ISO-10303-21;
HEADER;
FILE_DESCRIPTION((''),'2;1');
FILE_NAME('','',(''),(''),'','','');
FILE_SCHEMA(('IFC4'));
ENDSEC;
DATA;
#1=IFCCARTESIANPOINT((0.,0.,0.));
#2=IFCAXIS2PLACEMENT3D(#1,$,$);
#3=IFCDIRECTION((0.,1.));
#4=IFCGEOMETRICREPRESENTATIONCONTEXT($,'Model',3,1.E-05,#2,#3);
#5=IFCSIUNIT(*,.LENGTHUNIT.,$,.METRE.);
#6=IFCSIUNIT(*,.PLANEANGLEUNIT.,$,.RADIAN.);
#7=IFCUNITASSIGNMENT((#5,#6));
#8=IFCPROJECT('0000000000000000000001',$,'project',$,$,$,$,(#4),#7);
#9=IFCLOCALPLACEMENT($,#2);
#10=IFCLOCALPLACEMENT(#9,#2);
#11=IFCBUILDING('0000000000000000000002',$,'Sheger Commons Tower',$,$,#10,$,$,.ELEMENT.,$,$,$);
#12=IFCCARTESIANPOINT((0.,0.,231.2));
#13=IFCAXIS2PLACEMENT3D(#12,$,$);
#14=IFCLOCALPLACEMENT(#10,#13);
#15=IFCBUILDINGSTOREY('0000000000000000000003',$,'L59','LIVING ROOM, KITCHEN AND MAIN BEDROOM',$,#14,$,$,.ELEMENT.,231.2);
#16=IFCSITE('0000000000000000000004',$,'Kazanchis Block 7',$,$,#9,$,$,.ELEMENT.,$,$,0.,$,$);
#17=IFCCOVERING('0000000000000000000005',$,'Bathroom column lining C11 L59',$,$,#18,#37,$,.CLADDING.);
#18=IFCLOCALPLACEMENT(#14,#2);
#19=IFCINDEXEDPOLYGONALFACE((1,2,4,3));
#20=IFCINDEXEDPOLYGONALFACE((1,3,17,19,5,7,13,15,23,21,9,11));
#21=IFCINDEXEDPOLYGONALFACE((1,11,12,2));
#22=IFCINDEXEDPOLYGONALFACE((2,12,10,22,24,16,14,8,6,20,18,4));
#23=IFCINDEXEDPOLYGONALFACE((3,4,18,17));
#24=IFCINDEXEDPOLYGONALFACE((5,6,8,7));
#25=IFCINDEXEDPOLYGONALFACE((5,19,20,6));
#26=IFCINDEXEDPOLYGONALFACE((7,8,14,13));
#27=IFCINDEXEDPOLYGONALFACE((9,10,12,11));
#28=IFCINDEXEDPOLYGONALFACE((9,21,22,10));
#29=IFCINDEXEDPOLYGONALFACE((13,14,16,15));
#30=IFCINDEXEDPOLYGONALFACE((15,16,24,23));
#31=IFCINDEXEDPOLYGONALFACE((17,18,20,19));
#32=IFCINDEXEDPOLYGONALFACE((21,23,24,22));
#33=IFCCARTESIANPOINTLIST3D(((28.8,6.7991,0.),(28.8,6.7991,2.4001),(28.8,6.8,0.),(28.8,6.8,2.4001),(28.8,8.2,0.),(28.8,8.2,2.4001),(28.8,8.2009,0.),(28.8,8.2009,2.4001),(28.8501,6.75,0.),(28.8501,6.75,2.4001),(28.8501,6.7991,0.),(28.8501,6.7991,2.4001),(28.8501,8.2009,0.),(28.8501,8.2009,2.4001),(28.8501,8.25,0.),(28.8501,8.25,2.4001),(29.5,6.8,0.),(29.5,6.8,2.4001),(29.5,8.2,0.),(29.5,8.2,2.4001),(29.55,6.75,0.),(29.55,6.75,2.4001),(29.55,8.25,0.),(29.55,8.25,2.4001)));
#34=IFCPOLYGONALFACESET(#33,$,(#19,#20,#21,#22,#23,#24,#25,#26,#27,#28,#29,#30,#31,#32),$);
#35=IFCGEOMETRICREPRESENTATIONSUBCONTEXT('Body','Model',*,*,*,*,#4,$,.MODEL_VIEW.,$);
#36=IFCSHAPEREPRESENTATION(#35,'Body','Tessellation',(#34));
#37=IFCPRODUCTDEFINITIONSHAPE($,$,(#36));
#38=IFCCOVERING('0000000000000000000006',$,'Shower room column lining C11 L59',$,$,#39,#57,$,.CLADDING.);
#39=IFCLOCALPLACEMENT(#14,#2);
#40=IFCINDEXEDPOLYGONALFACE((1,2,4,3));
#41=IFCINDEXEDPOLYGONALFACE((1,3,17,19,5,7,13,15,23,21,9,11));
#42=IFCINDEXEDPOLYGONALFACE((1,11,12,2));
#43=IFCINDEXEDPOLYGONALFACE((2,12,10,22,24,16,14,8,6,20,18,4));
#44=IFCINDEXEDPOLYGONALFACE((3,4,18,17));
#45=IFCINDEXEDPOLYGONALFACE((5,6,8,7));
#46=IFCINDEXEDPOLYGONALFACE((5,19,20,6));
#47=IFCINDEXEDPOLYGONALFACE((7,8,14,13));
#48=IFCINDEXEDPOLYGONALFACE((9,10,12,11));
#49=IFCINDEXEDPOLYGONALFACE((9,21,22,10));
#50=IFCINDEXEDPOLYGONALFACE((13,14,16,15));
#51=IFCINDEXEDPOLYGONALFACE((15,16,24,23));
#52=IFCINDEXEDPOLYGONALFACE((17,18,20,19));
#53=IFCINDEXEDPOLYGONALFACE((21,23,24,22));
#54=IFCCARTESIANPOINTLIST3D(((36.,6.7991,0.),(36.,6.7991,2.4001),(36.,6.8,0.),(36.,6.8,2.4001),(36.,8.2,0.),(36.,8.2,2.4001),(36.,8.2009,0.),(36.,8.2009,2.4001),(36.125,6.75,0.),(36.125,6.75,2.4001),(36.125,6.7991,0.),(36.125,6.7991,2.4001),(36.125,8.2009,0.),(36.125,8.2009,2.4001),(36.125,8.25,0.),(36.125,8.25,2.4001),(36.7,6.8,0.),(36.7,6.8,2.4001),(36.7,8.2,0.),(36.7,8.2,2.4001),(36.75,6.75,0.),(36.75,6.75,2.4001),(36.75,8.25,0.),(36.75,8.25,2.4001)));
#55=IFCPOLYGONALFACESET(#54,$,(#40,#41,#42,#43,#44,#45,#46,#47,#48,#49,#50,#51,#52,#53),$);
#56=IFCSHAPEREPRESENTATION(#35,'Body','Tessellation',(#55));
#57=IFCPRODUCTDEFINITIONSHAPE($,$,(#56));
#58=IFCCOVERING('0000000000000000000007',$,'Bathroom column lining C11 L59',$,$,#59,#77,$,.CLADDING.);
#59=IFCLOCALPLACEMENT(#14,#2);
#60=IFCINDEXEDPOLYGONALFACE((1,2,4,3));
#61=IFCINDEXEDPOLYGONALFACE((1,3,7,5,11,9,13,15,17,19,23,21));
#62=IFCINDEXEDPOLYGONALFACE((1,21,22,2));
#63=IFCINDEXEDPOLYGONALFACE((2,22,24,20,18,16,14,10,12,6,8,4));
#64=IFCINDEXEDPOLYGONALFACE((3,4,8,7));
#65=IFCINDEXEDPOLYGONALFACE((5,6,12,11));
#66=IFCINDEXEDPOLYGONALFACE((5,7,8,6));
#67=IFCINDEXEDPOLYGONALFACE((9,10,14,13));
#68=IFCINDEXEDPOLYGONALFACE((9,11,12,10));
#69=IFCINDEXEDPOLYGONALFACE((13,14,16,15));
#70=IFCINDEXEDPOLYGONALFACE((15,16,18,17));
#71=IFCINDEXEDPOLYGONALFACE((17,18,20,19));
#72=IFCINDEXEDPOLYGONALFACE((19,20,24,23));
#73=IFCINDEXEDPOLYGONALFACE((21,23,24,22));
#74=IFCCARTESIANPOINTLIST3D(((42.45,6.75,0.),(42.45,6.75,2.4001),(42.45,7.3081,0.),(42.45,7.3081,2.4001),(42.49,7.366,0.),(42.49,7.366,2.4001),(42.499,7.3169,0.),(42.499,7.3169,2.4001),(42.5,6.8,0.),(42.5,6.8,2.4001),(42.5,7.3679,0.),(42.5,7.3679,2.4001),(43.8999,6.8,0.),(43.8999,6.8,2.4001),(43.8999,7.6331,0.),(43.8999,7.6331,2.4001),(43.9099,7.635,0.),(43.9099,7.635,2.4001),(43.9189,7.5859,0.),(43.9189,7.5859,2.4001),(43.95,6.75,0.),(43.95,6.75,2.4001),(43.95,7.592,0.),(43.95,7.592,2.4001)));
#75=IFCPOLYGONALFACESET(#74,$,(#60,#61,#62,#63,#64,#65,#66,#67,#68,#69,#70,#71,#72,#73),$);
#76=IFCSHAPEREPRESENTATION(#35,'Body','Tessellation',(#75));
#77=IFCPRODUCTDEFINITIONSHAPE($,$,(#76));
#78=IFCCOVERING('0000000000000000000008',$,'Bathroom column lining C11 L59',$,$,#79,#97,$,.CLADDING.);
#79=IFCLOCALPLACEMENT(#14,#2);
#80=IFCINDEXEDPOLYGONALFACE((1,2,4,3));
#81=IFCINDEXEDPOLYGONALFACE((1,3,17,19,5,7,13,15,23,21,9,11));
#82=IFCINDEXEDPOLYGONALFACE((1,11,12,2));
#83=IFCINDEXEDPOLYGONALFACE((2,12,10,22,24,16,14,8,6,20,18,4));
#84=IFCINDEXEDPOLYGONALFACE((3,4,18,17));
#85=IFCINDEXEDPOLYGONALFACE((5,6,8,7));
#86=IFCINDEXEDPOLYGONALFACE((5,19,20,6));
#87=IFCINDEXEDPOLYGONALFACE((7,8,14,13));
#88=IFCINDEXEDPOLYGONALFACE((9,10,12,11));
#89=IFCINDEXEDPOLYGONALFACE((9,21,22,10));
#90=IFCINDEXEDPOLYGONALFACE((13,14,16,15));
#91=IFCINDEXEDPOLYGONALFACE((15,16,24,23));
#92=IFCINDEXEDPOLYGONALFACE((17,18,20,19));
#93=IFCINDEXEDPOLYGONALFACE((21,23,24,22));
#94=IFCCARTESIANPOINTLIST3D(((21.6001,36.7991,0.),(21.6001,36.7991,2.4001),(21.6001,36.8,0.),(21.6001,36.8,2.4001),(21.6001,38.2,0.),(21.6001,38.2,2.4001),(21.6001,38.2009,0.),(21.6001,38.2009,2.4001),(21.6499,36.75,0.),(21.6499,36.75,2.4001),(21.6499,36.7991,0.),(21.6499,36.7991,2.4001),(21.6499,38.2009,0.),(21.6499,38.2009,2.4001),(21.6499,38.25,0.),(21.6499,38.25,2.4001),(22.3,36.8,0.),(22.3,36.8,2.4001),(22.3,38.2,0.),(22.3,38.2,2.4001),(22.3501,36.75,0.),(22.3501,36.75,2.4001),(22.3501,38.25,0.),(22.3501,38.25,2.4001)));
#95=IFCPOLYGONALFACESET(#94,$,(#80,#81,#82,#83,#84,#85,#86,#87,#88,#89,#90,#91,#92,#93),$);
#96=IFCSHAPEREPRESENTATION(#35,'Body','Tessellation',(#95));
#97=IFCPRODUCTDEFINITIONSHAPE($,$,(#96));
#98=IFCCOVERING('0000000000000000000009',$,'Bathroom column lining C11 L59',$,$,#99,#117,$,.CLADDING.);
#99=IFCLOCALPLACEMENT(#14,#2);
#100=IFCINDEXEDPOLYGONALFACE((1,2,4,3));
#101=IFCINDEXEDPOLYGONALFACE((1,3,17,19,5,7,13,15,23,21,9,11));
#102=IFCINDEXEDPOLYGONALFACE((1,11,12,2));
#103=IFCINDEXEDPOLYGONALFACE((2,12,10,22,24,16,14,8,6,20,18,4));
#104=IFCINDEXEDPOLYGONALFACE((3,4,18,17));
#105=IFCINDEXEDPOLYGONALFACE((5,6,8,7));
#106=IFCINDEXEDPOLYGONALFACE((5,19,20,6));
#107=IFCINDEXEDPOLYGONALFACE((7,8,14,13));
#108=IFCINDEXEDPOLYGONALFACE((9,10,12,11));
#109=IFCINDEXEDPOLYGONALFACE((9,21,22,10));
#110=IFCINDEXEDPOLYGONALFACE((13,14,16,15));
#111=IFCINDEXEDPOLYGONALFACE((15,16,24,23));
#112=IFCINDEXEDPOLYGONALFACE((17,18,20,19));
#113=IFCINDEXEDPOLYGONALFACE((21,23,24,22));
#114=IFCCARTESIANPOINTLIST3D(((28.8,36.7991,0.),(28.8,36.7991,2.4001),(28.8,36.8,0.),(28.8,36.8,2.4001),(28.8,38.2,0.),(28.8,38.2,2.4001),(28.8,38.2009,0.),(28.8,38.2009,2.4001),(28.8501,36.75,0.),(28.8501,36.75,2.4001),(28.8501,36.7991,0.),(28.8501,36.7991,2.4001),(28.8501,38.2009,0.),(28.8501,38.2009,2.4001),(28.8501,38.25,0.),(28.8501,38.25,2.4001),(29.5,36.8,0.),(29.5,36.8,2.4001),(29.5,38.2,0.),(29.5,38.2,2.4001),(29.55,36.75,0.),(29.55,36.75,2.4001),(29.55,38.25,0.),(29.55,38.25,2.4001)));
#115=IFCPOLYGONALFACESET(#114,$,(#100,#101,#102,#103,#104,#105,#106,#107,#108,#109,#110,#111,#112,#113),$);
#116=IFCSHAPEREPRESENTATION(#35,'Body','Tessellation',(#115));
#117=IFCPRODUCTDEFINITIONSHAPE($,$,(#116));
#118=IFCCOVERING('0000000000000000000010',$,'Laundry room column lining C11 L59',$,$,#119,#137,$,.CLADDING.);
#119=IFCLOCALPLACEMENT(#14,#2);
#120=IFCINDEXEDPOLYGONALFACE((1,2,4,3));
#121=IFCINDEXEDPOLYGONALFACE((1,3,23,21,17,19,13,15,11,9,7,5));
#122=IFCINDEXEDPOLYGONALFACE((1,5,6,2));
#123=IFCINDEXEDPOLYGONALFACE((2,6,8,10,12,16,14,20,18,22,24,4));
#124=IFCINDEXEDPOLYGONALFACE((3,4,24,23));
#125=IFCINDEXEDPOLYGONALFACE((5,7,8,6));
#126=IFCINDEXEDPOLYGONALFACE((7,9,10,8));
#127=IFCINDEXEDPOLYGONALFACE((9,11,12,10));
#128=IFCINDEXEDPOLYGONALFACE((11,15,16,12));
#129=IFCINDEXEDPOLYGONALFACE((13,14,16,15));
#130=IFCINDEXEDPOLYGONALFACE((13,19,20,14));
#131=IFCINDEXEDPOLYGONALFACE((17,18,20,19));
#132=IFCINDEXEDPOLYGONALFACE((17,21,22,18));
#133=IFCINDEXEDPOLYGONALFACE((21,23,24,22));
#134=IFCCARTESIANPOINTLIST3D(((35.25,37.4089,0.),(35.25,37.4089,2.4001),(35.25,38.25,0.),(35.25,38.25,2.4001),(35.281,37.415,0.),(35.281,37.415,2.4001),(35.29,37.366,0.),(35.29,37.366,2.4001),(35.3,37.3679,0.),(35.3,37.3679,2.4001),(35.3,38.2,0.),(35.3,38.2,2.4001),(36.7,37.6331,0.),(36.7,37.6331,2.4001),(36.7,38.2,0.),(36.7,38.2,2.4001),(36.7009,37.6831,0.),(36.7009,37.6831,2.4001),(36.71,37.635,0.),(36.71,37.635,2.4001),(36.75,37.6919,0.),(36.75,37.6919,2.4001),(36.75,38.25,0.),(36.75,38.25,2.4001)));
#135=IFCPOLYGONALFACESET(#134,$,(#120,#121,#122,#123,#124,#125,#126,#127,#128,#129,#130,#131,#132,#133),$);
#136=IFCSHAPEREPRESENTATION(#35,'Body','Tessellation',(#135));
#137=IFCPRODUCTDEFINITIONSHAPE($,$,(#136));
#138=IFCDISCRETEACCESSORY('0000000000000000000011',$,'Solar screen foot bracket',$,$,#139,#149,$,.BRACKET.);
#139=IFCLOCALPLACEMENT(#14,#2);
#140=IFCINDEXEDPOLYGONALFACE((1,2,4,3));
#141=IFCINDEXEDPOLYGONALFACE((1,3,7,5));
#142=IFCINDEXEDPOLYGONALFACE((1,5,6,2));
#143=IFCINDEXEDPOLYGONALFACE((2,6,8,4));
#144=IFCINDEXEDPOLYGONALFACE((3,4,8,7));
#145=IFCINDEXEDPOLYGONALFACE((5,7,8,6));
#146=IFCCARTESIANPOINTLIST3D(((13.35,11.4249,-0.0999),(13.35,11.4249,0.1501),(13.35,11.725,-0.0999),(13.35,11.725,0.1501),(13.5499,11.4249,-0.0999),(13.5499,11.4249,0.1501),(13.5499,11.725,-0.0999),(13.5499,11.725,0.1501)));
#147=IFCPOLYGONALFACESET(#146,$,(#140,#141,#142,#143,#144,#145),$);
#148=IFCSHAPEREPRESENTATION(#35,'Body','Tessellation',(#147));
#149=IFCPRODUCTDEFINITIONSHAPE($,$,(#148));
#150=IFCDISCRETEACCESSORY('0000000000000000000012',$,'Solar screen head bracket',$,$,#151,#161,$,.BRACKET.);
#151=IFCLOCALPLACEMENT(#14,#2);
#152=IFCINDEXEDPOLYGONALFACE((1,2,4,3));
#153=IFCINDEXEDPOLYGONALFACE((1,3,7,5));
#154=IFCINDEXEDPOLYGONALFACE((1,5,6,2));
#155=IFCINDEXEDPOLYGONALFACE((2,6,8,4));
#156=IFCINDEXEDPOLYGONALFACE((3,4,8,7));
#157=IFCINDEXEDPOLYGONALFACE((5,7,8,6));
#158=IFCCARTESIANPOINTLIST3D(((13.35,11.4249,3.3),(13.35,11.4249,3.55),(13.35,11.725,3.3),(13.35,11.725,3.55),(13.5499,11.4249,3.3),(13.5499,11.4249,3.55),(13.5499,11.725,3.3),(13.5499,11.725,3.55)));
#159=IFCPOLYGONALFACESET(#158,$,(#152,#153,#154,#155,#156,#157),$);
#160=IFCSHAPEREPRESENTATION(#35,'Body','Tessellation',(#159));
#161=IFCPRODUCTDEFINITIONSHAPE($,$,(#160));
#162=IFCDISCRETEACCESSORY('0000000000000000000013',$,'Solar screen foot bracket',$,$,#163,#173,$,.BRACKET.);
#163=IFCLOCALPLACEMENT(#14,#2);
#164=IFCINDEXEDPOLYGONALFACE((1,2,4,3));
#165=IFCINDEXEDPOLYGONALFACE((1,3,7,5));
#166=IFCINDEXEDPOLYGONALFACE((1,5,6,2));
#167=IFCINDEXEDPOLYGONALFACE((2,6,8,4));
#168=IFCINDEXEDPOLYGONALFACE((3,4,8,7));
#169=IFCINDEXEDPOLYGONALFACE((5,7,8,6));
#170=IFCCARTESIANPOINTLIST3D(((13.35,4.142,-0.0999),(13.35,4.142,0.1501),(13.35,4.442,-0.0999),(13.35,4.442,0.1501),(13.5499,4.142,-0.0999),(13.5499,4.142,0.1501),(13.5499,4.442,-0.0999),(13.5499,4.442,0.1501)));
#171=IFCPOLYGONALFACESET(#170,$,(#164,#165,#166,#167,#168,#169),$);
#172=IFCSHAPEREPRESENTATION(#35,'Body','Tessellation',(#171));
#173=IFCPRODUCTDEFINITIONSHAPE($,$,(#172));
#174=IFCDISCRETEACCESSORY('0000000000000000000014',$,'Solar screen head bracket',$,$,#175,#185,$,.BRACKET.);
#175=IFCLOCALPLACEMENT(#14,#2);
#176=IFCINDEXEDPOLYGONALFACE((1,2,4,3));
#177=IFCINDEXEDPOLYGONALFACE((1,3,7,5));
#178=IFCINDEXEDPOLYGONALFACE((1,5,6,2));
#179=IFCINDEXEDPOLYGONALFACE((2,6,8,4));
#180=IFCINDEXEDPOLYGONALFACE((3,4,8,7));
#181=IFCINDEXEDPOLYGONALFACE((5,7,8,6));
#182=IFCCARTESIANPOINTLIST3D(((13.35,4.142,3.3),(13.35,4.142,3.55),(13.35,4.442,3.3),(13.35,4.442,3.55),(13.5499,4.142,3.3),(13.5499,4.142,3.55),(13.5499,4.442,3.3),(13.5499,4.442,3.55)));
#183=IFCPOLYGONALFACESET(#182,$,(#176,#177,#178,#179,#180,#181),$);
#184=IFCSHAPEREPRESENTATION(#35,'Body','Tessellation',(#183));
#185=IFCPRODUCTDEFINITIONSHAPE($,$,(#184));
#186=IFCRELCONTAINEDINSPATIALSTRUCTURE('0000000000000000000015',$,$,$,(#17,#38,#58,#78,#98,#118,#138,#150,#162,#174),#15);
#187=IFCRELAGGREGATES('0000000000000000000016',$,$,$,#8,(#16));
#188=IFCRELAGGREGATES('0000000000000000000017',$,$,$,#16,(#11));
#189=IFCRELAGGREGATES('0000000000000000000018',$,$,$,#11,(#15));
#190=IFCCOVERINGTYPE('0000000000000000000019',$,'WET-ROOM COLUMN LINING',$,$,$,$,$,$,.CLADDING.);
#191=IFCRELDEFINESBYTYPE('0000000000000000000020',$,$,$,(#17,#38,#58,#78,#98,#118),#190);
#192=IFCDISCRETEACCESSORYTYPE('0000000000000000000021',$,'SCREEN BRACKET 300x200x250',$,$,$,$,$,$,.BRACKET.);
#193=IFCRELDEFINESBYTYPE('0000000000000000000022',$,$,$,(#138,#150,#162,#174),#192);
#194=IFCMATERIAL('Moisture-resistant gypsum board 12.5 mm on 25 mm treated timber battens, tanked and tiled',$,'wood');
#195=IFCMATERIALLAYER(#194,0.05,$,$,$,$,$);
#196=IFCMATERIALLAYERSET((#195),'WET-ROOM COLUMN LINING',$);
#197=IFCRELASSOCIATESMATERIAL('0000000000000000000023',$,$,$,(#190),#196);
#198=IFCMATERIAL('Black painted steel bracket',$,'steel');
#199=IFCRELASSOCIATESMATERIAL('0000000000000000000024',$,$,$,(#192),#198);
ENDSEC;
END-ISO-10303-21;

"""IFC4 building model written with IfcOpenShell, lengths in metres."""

from ifc_helpers import new_model, si_unit, direction, frame, origin, origin_2d, place, context, subcontext, project, spatial, polyline, rectangle, outline, extrude, material, layer, layer_set, type_object, element, save


model = new_model("IFC4")

# Units and contexts
model_context = context("Model", 3, precision=1e-05, world=origin(), true_north=direction((0.0, 1.0)))
body_context = subcontext(model_context, "Body", "Model", "MODEL_VIEW")
ifc_project = project(units=[si_unit("LENGTHUNIT", "METRE"), si_unit("PLANEANGLEUNIT", "RADIAN")], contexts=[model_context])

# Site, building, storey
site_placement = place(None, origin())
site = spatial("IfcSite", under=ifc_project, at=site_placement, Name="Kazanchis Block 7", CompositionType="ELEMENT", RefElevation=0.0)
building_placement = place(site_placement, origin())
building = spatial("IfcBuilding", under=site, at=building_placement, Name="Sheger Commons Tower", CompositionType="ELEMENT")
storey_placement = place(building_placement, frame((0.0, 0.0, 231.2)))
storey = spatial("IfcBuildingStorey", under=building, at=storey_placement, Name="L59", Description="LIVING ROOM, KITCHEN AND MAIN BEDROOM", CompositionType="ELEMENT", Elevation=231.2)

# Coverings
ifc_material_1 = material(Name="Moisture-resistant gypsum board 12.5 mm on 25 mm treated timber battens, tanked and tiled", Category="wood")
ifc_layer_1 = layer(ifc_material_1, 0.05)
ifc_layer_set_1 = layer_set([ifc_layer_1], Name="WET-ROOM COLUMN LINING")
covering_type_1 = type_object("IfcCoveringType", Name="WET-ROOM COLUMN LINING", PredefinedType="CLADDING", material=ifc_layer_set_1)
covering_1_placement = place(storey_placement, origin())
element("IfcCovering", 1, at=covering_1_placement, inside=storey, type_object=covering_type_1, Name="Bathroom column lining C11 L59", PredefinedType="CLADDING", context=body_context, shape_type="SweptSolid", body=[
    extrude(outline(polyline([(29.55, 6.75), (28.8501, 6.75), (28.8501, 6.7991), (28.8, 6.7991), (28.8, 6.8), (29.5, 6.8), (29.5, 8.2), (28.8, 8.2), (28.8, 8.2009), (28.8501, 8.2009), (28.8501, 8.25), (29.55, 8.25), (29.55, 6.75)])), origin(), (0.0, 0.0, 1.0), 2.4001),
])
covering_2_placement = place(storey_placement, origin())
element("IfcCovering", 2, at=covering_2_placement, inside=storey, type_object=covering_type_1, Name="Shower room column lining C11 L59", PredefinedType="CLADDING", context=body_context, shape_type="SweptSolid", body=[
    extrude(outline(polyline([(36.75, 6.75), (36.125, 6.75), (36.125, 6.7991), (36.0, 6.7991), (36.0, 6.8), (36.7, 6.8), (36.7, 8.2), (36.0, 8.2), (36.0, 8.2009), (36.125, 8.2009), (36.125, 8.25), (36.75, 8.25), (36.75, 6.75)])), origin(), (0.0, 0.0, 1.0), 2.4001),
])
covering_3_placement = place(storey_placement, origin())
element("IfcCovering", 3, at=covering_3_placement, inside=storey, type_object=covering_type_1, Name="Bathroom column lining C11 L59", PredefinedType="CLADDING", context=body_context, shape_type="SweptSolid", body=[
    extrude(outline(polyline([(42.5, 7.3679), (42.5, 6.8), (43.8999, 6.8), (43.8999, 7.6331), (43.9099, 7.635), (43.9189, 7.5859), (43.95, 7.592), (43.95, 6.75), (42.45, 6.75), (42.45, 7.3081), (42.499, 7.3169), (42.49, 7.366), (42.5, 7.3679)])), origin(), (0.0, 0.0, 1.0), 2.4001),
])
covering_4_placement = place(storey_placement, origin())
element("IfcCovering", 4, at=covering_4_placement, inside=storey, type_object=covering_type_1, Name="Bathroom column lining C11 L59", PredefinedType="CLADDING", context=body_context, shape_type="SweptSolid", body=[
    extrude(outline(polyline([(22.3501, 36.75), (21.6499, 36.75), (21.6499, 36.7991), (21.6001, 36.7991), (21.6001, 36.8), (22.3, 36.8), (22.3, 38.2), (21.6001, 38.2), (21.6001, 38.2009), (21.6499, 38.2009), (21.6499, 38.25), (22.3501, 38.25), (22.3501, 36.75)])), origin(), (0.0, 0.0, 1.0), 2.4001),
])
covering_5_placement = place(storey_placement, origin())
element("IfcCovering", 5, at=covering_5_placement, inside=storey, type_object=covering_type_1, Name="Bathroom column lining C11 L59", PredefinedType="CLADDING", context=body_context, shape_type="SweptSolid", body=[
    extrude(outline(polyline([(29.55, 36.75), (28.8501, 36.75), (28.8501, 36.7991), (28.8, 36.7991), (28.8, 36.8), (29.5, 36.8), (29.5, 38.2), (28.8, 38.2), (28.8, 38.2009), (28.8501, 38.2009), (28.8501, 38.25), (29.55, 38.25), (29.55, 36.75)])), origin(), (0.0, 0.0, 1.0), 2.4001),
])
covering_6_placement = place(storey_placement, origin())
element("IfcCovering", 6, at=covering_6_placement, inside=storey, type_object=covering_type_1, Name="Laundry room column lining C11 L59", PredefinedType="CLADDING", context=body_context, shape_type="SweptSolid", body=[
    extrude(outline(polyline([(36.75, 38.25), (36.75, 37.6919), (36.7009, 37.6831), (36.71, 37.635), (36.7, 37.6331), (36.7, 38.2), (35.3, 38.2), (35.3, 37.3679), (35.29, 37.366), (35.281, 37.415), (35.25, 37.4089), (35.25, 38.25), (36.75, 38.25)])), origin(), (0.0, 0.0, 1.0), 2.4001),
])

# Discrete accessories
ifc_material_2 = material(Name="Black painted steel bracket", Category="steel")
discrete_accessory_type = type_object("IfcDiscreteAccessoryType", Name="SCREEN BRACKET 300x200x250", PredefinedType="BRACKET", material=ifc_material_2)
for number, where, z_axis, x_axis, name in (
    (7, (13.45, 11.575, -0.0999), (0.0, 0.0, 1.0), (0.0, -1.0, 0.0), "Solar screen foot bracket"),
    (8, (13.45, 11.575, 3.3), (0.0, 0.0, 1.0), (0.0, -1.0, 0.0), "Solar screen head bracket"),
    (9, (13.45, 4.292, -0.0999), (0.0, 0.0, 1.0), (0.0, -1.0, 0.0), "Solar screen foot bracket"),
    (10, (13.45, 4.292, 3.3), (0.0, 0.0, 1.0), (0.0, -1.0, 0.0), "Solar screen head bracket"),
):
    element("IfcDiscreteAccessory", number, at=place(storey_placement, frame(where, z_axis=z_axis, x_axis=x_axis)), inside=storey, type_object=discrete_accessory_type, Name=name, PredefinedType="BRACKET", context=body_context, shape_type="SweptSolid", body=[
        extrude(rectangle(XDim=0.3, YDim=0.2, at=origin_2d()), origin(), (0.0, 0.0, 1.0), 0.25),
    ])

save(model, "model.ifc")
